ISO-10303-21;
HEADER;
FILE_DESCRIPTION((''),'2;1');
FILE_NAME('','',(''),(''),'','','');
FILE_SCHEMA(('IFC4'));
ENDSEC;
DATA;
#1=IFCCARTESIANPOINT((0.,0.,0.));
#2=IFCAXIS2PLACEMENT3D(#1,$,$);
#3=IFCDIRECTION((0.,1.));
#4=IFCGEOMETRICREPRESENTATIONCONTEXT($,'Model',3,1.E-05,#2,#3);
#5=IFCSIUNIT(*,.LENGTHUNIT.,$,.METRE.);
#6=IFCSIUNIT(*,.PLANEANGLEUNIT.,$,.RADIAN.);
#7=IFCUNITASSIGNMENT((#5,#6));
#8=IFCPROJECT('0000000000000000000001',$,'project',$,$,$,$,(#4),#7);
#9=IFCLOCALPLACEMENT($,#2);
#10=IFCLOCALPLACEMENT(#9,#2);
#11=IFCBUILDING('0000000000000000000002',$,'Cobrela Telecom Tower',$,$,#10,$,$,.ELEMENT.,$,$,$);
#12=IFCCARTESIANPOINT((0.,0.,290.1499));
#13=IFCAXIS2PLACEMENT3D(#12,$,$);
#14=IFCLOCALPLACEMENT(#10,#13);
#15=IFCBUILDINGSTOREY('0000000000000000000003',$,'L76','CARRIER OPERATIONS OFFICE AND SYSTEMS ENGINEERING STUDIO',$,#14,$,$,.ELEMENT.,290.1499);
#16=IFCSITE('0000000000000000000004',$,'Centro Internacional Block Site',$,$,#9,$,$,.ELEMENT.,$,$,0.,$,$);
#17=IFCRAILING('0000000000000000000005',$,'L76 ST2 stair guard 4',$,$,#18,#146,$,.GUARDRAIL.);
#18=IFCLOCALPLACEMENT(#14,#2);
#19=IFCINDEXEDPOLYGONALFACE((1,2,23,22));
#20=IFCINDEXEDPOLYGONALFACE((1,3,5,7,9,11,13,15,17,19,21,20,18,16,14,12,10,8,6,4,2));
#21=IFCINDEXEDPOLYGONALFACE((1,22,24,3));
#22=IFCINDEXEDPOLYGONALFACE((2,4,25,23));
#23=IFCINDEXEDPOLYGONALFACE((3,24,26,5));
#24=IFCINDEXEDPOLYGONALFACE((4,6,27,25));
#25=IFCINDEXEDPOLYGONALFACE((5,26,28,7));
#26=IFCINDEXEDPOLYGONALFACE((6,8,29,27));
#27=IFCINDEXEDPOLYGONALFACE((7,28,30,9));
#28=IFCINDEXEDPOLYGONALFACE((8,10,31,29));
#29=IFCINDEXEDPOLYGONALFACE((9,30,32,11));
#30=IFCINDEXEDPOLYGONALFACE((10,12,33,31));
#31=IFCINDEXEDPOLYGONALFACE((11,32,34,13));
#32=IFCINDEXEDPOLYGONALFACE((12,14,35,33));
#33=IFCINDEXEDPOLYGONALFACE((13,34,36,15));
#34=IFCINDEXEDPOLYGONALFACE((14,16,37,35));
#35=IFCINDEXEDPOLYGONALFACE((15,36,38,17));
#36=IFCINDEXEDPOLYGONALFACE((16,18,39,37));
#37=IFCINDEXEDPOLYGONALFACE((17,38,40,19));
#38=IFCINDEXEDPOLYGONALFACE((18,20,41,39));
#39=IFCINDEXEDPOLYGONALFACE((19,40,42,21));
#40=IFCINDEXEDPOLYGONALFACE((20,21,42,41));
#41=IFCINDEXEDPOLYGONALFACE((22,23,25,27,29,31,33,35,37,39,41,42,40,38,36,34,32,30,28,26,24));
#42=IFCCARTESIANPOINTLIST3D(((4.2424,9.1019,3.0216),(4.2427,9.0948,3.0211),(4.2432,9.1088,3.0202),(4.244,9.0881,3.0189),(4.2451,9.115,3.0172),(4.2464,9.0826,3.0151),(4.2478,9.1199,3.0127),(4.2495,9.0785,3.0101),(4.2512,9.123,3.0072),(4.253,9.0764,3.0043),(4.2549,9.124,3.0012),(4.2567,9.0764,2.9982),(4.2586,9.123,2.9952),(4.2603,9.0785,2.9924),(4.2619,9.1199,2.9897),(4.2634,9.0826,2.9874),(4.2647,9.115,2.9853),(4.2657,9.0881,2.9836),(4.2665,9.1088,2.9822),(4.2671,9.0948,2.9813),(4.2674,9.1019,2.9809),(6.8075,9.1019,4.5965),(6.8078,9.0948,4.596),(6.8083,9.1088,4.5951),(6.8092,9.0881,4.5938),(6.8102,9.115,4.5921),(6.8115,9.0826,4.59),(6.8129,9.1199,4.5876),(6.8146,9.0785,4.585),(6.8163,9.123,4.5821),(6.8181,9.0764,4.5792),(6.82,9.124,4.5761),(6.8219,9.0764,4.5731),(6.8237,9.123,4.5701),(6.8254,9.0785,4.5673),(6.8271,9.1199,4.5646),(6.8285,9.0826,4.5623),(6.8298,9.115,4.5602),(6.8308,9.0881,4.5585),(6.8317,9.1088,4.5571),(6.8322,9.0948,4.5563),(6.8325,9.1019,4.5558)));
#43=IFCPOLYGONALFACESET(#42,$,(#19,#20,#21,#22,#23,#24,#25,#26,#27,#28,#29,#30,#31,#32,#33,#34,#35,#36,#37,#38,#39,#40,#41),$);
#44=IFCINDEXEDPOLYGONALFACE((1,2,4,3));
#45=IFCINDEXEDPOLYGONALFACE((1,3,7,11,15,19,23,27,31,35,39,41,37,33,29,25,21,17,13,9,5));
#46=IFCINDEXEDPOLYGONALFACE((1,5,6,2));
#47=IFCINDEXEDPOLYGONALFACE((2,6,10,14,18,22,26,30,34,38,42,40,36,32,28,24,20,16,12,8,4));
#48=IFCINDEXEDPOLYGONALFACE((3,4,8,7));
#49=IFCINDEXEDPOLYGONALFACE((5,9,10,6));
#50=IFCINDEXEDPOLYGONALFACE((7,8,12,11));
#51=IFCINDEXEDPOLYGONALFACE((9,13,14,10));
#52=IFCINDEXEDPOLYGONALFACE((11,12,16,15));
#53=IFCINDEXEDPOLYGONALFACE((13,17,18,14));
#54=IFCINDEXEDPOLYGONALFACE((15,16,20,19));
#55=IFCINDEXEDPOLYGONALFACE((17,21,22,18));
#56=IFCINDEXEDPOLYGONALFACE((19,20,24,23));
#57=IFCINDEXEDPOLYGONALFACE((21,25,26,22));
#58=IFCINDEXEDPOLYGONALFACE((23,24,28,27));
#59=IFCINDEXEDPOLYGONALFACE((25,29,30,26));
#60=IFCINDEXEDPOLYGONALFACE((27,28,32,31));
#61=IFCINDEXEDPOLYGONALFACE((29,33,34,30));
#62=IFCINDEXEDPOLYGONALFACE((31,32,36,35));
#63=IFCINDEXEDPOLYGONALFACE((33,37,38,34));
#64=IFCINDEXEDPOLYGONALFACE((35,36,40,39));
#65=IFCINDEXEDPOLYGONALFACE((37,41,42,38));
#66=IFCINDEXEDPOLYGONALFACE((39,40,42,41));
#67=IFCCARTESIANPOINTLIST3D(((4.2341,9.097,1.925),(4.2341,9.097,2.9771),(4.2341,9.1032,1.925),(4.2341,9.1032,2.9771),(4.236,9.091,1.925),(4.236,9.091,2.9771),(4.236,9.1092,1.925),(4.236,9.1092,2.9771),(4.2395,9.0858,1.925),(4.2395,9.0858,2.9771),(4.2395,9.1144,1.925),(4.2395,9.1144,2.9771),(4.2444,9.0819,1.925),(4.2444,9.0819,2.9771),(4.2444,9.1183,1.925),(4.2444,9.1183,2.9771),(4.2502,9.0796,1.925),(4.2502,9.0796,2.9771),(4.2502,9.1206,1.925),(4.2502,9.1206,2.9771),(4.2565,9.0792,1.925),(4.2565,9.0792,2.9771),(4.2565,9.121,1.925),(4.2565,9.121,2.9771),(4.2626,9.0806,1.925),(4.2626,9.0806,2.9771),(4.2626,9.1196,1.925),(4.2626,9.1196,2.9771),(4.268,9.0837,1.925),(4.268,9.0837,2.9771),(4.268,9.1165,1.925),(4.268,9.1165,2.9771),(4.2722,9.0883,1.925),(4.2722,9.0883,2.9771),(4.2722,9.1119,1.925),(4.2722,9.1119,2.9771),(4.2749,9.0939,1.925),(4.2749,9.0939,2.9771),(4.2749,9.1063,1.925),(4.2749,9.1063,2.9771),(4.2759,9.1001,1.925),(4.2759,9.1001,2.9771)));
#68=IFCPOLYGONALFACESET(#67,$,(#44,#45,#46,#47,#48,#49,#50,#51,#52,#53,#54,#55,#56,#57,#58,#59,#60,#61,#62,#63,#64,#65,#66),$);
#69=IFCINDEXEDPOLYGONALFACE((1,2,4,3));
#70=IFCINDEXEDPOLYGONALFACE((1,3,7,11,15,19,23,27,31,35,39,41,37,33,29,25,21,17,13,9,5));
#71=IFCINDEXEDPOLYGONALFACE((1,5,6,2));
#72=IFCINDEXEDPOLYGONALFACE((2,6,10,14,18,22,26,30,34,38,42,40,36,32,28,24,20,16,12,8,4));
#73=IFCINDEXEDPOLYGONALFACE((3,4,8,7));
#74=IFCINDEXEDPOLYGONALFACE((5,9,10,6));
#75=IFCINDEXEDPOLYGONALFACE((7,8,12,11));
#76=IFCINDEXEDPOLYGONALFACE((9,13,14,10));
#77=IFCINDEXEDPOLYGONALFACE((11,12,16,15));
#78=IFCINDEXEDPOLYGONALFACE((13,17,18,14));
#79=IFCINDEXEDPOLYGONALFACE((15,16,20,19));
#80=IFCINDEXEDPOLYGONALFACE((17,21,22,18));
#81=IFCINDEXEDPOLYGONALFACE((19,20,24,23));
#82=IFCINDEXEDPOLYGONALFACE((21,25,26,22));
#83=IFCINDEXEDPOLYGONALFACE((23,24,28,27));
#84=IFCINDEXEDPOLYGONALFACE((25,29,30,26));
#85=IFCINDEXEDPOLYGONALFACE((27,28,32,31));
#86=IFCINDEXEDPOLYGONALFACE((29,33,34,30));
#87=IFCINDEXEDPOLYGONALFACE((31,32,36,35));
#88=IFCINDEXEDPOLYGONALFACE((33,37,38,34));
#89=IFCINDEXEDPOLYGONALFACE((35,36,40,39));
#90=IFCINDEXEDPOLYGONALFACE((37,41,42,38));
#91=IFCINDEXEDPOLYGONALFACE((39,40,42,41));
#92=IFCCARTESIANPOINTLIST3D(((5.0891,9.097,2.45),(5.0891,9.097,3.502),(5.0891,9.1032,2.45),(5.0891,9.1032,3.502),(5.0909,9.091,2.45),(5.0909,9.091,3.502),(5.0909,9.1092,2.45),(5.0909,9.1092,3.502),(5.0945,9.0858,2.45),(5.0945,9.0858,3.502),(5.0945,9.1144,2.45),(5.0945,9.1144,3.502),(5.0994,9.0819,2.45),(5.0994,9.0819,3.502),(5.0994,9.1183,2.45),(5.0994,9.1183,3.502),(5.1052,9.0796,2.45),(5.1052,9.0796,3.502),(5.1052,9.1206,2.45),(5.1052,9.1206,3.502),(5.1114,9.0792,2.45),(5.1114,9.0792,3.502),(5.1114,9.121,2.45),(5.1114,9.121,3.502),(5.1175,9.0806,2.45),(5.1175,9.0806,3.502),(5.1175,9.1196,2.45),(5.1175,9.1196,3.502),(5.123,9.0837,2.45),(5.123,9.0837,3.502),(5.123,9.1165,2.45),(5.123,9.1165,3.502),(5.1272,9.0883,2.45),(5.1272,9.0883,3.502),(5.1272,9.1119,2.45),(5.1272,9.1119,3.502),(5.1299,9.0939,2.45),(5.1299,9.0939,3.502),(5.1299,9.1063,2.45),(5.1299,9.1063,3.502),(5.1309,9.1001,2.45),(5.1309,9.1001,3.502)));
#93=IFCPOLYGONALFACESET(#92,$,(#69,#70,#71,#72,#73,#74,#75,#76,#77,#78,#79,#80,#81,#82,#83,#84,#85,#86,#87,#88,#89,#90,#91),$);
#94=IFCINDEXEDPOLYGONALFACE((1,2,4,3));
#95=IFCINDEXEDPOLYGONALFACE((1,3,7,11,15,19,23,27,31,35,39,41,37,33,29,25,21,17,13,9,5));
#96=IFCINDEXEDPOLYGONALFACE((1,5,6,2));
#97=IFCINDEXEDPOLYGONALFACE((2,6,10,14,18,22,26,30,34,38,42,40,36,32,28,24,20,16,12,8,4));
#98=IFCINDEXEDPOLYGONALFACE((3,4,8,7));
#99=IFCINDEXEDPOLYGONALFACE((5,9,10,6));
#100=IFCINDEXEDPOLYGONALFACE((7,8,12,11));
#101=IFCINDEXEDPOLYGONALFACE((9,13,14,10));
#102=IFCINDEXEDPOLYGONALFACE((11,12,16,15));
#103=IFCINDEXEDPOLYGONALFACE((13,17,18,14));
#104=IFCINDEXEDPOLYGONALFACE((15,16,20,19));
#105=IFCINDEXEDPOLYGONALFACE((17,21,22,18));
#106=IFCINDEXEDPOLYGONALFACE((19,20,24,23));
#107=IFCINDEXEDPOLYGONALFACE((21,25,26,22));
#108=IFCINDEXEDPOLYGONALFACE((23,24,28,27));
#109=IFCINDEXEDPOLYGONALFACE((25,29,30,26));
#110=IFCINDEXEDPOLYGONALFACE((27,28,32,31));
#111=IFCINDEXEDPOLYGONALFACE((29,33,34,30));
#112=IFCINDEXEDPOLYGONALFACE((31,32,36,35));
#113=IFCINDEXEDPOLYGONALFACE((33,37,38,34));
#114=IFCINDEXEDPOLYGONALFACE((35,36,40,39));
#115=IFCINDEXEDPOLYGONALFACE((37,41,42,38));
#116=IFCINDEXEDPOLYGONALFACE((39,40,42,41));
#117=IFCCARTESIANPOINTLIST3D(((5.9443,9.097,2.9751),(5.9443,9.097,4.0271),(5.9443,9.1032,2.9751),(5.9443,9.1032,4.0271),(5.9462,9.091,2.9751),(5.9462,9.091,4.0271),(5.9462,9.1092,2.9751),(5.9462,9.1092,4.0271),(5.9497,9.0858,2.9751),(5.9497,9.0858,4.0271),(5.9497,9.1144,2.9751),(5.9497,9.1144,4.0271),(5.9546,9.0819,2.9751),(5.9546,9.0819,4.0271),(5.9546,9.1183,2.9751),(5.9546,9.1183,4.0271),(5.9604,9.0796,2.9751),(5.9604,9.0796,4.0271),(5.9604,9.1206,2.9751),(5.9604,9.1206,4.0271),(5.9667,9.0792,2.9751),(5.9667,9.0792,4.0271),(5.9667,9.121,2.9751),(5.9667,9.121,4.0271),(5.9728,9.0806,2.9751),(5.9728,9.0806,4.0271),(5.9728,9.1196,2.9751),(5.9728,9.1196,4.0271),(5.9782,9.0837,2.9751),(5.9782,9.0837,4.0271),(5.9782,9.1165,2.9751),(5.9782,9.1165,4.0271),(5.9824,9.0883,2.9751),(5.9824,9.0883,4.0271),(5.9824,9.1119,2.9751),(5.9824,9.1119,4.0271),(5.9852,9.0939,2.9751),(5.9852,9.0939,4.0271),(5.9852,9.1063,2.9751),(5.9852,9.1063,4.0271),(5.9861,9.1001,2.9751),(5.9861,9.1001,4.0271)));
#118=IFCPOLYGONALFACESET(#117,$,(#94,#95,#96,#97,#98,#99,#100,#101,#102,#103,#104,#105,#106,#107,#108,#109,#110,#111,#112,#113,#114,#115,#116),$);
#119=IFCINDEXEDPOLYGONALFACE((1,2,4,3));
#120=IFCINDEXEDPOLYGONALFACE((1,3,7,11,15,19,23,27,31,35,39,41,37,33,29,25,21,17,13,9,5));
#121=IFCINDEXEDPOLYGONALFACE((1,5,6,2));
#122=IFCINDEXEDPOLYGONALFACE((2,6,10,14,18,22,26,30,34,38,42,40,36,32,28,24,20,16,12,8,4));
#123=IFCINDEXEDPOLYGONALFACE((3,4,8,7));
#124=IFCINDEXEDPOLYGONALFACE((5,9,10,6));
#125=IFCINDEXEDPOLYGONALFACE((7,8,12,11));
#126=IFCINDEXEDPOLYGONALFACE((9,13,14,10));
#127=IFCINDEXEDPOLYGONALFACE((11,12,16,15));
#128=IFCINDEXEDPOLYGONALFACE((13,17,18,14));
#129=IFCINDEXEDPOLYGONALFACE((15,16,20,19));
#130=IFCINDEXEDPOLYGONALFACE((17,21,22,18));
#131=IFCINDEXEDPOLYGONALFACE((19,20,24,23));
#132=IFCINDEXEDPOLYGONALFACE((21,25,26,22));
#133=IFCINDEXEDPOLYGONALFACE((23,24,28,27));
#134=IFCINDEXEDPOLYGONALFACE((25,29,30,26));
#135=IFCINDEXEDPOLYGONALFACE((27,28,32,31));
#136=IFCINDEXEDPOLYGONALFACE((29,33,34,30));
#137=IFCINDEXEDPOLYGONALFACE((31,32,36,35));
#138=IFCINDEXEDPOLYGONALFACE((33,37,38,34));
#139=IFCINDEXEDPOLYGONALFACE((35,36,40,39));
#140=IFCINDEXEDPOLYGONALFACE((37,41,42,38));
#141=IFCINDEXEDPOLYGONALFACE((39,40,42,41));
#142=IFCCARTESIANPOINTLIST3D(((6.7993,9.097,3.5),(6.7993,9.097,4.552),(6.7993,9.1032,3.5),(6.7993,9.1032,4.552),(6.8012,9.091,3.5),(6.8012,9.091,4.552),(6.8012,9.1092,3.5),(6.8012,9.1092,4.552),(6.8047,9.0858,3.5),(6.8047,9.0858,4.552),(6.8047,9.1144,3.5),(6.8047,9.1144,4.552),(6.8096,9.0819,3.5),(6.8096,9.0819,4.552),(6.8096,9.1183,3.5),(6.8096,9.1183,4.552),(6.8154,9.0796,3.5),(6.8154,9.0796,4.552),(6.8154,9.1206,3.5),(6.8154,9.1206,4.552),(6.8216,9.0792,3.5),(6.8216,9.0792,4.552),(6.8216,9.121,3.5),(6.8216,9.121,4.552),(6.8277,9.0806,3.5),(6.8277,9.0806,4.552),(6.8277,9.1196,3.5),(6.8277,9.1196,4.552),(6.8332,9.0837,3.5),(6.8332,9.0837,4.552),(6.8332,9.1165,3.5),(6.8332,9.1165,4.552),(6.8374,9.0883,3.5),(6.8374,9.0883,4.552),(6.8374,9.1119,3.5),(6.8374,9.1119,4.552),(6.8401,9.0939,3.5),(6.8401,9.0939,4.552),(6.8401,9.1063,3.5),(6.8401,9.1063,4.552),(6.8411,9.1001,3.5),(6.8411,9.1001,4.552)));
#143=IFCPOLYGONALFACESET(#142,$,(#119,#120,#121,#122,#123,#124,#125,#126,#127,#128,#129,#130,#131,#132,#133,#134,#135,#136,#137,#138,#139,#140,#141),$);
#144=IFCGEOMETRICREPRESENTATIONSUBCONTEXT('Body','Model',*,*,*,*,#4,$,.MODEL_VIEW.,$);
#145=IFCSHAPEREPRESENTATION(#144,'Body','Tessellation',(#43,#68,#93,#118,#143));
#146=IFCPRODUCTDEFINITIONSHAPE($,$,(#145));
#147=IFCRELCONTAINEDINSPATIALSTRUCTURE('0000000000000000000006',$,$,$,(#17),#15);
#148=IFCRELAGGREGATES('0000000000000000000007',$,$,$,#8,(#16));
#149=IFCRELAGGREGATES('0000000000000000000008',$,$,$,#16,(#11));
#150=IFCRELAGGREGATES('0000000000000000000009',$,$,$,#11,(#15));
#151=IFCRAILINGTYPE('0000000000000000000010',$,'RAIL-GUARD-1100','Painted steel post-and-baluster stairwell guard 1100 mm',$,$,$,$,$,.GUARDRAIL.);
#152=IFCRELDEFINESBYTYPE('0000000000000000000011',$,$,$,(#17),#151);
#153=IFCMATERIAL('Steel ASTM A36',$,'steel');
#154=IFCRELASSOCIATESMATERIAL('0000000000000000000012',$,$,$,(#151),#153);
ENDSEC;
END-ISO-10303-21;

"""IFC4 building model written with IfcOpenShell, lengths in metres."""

from ifc_helpers import new_model, si_unit, direction, frame, origin, origin_2d, place, context, subcontext, project, spatial, circle, extrude, material, type_object, element, save


model = new_model("IFC4")

# Units and contexts
model_context = context("Model", 3, precision=1e-05, world=origin(), true_north=direction((0.0, 1.0)))
body_context = subcontext(model_context, "Body", "Model", "MODEL_VIEW")
ifc_project = project(units=[si_unit("LENGTHUNIT", "METRE"), si_unit("PLANEANGLEUNIT", "RADIAN")], contexts=[model_context])

# Site, building, storey
site_placement = place(None, origin())
site = spatial("IfcSite", under=ifc_project, at=site_placement, Name="Centro Internacional Block Site", CompositionType="ELEMENT", RefElevation=0.0)
building_placement = place(site_placement, origin())
building = spatial("IfcBuilding", under=site, at=building_placement, Name="Cobrela Telecom Tower", CompositionType="ELEMENT")
storey_placement = place(building_placement, frame((0.0, 0.0, 290.1499)))
storey = spatial("IfcBuildingStorey", under=building, at=storey_placement, Name="L76", Description="CARRIER OPERATIONS OFFICE AND SYSTEMS ENGINEERING STUDIO", CompositionType="ELEMENT", Elevation=290.1499)

# Railing
ifc_material_1 = material(Name="Steel ASTM A36", Category="steel")
railing_type_1 = type_object("IfcRailingType", Name="RAIL-GUARD-1100", Description="Painted steel post-and-baluster stairwell guard 1100 mm", PredefinedType="GUARDRAIL", material=ifc_material_1)
railing_1_placement = place(storey_placement, frame((4.2549, 9.1001, 1.925)))
element("IfcRailing", 1, at=railing_1_placement, inside=storey, type_object=railing_type_1, Name="L76 ST2 stair guard 4", PredefinedType="GUARDRAIL", context=body_context, shape_type="SweptSolid", body=[
    extrude(circle(Radius=0.0239, at=origin_2d()), frame((0.0, 0.0, 1.0762), z_axis=(0.852195, 0.0, 0.523224), x_axis=(0.0, 1.0, 0.0)), (0.0, 0.0, 1.0), 3.01),
    extrude(circle(Radius=0.021, at=origin_2d()), origin(), (0.0, 0.0, 1.0), 1.052),
    extrude(circle(Radius=0.021, at=origin_2d()), frame((0.855, 0.0, 0.5249)), (0.0, 0.0, 1.0), 1.052),
    extrude(circle(Radius=0.021, at=origin_2d()), frame((1.7102, 0.0, 1.05)), (0.0, 0.0, 1.0), 1.052),
    extrude(circle(Radius=0.021, at=origin_2d()), frame((2.5652, 0.0, 1.575)), (0.0, 0.0, 1.0), 1.052),
])

save(model, "model.ifc")
